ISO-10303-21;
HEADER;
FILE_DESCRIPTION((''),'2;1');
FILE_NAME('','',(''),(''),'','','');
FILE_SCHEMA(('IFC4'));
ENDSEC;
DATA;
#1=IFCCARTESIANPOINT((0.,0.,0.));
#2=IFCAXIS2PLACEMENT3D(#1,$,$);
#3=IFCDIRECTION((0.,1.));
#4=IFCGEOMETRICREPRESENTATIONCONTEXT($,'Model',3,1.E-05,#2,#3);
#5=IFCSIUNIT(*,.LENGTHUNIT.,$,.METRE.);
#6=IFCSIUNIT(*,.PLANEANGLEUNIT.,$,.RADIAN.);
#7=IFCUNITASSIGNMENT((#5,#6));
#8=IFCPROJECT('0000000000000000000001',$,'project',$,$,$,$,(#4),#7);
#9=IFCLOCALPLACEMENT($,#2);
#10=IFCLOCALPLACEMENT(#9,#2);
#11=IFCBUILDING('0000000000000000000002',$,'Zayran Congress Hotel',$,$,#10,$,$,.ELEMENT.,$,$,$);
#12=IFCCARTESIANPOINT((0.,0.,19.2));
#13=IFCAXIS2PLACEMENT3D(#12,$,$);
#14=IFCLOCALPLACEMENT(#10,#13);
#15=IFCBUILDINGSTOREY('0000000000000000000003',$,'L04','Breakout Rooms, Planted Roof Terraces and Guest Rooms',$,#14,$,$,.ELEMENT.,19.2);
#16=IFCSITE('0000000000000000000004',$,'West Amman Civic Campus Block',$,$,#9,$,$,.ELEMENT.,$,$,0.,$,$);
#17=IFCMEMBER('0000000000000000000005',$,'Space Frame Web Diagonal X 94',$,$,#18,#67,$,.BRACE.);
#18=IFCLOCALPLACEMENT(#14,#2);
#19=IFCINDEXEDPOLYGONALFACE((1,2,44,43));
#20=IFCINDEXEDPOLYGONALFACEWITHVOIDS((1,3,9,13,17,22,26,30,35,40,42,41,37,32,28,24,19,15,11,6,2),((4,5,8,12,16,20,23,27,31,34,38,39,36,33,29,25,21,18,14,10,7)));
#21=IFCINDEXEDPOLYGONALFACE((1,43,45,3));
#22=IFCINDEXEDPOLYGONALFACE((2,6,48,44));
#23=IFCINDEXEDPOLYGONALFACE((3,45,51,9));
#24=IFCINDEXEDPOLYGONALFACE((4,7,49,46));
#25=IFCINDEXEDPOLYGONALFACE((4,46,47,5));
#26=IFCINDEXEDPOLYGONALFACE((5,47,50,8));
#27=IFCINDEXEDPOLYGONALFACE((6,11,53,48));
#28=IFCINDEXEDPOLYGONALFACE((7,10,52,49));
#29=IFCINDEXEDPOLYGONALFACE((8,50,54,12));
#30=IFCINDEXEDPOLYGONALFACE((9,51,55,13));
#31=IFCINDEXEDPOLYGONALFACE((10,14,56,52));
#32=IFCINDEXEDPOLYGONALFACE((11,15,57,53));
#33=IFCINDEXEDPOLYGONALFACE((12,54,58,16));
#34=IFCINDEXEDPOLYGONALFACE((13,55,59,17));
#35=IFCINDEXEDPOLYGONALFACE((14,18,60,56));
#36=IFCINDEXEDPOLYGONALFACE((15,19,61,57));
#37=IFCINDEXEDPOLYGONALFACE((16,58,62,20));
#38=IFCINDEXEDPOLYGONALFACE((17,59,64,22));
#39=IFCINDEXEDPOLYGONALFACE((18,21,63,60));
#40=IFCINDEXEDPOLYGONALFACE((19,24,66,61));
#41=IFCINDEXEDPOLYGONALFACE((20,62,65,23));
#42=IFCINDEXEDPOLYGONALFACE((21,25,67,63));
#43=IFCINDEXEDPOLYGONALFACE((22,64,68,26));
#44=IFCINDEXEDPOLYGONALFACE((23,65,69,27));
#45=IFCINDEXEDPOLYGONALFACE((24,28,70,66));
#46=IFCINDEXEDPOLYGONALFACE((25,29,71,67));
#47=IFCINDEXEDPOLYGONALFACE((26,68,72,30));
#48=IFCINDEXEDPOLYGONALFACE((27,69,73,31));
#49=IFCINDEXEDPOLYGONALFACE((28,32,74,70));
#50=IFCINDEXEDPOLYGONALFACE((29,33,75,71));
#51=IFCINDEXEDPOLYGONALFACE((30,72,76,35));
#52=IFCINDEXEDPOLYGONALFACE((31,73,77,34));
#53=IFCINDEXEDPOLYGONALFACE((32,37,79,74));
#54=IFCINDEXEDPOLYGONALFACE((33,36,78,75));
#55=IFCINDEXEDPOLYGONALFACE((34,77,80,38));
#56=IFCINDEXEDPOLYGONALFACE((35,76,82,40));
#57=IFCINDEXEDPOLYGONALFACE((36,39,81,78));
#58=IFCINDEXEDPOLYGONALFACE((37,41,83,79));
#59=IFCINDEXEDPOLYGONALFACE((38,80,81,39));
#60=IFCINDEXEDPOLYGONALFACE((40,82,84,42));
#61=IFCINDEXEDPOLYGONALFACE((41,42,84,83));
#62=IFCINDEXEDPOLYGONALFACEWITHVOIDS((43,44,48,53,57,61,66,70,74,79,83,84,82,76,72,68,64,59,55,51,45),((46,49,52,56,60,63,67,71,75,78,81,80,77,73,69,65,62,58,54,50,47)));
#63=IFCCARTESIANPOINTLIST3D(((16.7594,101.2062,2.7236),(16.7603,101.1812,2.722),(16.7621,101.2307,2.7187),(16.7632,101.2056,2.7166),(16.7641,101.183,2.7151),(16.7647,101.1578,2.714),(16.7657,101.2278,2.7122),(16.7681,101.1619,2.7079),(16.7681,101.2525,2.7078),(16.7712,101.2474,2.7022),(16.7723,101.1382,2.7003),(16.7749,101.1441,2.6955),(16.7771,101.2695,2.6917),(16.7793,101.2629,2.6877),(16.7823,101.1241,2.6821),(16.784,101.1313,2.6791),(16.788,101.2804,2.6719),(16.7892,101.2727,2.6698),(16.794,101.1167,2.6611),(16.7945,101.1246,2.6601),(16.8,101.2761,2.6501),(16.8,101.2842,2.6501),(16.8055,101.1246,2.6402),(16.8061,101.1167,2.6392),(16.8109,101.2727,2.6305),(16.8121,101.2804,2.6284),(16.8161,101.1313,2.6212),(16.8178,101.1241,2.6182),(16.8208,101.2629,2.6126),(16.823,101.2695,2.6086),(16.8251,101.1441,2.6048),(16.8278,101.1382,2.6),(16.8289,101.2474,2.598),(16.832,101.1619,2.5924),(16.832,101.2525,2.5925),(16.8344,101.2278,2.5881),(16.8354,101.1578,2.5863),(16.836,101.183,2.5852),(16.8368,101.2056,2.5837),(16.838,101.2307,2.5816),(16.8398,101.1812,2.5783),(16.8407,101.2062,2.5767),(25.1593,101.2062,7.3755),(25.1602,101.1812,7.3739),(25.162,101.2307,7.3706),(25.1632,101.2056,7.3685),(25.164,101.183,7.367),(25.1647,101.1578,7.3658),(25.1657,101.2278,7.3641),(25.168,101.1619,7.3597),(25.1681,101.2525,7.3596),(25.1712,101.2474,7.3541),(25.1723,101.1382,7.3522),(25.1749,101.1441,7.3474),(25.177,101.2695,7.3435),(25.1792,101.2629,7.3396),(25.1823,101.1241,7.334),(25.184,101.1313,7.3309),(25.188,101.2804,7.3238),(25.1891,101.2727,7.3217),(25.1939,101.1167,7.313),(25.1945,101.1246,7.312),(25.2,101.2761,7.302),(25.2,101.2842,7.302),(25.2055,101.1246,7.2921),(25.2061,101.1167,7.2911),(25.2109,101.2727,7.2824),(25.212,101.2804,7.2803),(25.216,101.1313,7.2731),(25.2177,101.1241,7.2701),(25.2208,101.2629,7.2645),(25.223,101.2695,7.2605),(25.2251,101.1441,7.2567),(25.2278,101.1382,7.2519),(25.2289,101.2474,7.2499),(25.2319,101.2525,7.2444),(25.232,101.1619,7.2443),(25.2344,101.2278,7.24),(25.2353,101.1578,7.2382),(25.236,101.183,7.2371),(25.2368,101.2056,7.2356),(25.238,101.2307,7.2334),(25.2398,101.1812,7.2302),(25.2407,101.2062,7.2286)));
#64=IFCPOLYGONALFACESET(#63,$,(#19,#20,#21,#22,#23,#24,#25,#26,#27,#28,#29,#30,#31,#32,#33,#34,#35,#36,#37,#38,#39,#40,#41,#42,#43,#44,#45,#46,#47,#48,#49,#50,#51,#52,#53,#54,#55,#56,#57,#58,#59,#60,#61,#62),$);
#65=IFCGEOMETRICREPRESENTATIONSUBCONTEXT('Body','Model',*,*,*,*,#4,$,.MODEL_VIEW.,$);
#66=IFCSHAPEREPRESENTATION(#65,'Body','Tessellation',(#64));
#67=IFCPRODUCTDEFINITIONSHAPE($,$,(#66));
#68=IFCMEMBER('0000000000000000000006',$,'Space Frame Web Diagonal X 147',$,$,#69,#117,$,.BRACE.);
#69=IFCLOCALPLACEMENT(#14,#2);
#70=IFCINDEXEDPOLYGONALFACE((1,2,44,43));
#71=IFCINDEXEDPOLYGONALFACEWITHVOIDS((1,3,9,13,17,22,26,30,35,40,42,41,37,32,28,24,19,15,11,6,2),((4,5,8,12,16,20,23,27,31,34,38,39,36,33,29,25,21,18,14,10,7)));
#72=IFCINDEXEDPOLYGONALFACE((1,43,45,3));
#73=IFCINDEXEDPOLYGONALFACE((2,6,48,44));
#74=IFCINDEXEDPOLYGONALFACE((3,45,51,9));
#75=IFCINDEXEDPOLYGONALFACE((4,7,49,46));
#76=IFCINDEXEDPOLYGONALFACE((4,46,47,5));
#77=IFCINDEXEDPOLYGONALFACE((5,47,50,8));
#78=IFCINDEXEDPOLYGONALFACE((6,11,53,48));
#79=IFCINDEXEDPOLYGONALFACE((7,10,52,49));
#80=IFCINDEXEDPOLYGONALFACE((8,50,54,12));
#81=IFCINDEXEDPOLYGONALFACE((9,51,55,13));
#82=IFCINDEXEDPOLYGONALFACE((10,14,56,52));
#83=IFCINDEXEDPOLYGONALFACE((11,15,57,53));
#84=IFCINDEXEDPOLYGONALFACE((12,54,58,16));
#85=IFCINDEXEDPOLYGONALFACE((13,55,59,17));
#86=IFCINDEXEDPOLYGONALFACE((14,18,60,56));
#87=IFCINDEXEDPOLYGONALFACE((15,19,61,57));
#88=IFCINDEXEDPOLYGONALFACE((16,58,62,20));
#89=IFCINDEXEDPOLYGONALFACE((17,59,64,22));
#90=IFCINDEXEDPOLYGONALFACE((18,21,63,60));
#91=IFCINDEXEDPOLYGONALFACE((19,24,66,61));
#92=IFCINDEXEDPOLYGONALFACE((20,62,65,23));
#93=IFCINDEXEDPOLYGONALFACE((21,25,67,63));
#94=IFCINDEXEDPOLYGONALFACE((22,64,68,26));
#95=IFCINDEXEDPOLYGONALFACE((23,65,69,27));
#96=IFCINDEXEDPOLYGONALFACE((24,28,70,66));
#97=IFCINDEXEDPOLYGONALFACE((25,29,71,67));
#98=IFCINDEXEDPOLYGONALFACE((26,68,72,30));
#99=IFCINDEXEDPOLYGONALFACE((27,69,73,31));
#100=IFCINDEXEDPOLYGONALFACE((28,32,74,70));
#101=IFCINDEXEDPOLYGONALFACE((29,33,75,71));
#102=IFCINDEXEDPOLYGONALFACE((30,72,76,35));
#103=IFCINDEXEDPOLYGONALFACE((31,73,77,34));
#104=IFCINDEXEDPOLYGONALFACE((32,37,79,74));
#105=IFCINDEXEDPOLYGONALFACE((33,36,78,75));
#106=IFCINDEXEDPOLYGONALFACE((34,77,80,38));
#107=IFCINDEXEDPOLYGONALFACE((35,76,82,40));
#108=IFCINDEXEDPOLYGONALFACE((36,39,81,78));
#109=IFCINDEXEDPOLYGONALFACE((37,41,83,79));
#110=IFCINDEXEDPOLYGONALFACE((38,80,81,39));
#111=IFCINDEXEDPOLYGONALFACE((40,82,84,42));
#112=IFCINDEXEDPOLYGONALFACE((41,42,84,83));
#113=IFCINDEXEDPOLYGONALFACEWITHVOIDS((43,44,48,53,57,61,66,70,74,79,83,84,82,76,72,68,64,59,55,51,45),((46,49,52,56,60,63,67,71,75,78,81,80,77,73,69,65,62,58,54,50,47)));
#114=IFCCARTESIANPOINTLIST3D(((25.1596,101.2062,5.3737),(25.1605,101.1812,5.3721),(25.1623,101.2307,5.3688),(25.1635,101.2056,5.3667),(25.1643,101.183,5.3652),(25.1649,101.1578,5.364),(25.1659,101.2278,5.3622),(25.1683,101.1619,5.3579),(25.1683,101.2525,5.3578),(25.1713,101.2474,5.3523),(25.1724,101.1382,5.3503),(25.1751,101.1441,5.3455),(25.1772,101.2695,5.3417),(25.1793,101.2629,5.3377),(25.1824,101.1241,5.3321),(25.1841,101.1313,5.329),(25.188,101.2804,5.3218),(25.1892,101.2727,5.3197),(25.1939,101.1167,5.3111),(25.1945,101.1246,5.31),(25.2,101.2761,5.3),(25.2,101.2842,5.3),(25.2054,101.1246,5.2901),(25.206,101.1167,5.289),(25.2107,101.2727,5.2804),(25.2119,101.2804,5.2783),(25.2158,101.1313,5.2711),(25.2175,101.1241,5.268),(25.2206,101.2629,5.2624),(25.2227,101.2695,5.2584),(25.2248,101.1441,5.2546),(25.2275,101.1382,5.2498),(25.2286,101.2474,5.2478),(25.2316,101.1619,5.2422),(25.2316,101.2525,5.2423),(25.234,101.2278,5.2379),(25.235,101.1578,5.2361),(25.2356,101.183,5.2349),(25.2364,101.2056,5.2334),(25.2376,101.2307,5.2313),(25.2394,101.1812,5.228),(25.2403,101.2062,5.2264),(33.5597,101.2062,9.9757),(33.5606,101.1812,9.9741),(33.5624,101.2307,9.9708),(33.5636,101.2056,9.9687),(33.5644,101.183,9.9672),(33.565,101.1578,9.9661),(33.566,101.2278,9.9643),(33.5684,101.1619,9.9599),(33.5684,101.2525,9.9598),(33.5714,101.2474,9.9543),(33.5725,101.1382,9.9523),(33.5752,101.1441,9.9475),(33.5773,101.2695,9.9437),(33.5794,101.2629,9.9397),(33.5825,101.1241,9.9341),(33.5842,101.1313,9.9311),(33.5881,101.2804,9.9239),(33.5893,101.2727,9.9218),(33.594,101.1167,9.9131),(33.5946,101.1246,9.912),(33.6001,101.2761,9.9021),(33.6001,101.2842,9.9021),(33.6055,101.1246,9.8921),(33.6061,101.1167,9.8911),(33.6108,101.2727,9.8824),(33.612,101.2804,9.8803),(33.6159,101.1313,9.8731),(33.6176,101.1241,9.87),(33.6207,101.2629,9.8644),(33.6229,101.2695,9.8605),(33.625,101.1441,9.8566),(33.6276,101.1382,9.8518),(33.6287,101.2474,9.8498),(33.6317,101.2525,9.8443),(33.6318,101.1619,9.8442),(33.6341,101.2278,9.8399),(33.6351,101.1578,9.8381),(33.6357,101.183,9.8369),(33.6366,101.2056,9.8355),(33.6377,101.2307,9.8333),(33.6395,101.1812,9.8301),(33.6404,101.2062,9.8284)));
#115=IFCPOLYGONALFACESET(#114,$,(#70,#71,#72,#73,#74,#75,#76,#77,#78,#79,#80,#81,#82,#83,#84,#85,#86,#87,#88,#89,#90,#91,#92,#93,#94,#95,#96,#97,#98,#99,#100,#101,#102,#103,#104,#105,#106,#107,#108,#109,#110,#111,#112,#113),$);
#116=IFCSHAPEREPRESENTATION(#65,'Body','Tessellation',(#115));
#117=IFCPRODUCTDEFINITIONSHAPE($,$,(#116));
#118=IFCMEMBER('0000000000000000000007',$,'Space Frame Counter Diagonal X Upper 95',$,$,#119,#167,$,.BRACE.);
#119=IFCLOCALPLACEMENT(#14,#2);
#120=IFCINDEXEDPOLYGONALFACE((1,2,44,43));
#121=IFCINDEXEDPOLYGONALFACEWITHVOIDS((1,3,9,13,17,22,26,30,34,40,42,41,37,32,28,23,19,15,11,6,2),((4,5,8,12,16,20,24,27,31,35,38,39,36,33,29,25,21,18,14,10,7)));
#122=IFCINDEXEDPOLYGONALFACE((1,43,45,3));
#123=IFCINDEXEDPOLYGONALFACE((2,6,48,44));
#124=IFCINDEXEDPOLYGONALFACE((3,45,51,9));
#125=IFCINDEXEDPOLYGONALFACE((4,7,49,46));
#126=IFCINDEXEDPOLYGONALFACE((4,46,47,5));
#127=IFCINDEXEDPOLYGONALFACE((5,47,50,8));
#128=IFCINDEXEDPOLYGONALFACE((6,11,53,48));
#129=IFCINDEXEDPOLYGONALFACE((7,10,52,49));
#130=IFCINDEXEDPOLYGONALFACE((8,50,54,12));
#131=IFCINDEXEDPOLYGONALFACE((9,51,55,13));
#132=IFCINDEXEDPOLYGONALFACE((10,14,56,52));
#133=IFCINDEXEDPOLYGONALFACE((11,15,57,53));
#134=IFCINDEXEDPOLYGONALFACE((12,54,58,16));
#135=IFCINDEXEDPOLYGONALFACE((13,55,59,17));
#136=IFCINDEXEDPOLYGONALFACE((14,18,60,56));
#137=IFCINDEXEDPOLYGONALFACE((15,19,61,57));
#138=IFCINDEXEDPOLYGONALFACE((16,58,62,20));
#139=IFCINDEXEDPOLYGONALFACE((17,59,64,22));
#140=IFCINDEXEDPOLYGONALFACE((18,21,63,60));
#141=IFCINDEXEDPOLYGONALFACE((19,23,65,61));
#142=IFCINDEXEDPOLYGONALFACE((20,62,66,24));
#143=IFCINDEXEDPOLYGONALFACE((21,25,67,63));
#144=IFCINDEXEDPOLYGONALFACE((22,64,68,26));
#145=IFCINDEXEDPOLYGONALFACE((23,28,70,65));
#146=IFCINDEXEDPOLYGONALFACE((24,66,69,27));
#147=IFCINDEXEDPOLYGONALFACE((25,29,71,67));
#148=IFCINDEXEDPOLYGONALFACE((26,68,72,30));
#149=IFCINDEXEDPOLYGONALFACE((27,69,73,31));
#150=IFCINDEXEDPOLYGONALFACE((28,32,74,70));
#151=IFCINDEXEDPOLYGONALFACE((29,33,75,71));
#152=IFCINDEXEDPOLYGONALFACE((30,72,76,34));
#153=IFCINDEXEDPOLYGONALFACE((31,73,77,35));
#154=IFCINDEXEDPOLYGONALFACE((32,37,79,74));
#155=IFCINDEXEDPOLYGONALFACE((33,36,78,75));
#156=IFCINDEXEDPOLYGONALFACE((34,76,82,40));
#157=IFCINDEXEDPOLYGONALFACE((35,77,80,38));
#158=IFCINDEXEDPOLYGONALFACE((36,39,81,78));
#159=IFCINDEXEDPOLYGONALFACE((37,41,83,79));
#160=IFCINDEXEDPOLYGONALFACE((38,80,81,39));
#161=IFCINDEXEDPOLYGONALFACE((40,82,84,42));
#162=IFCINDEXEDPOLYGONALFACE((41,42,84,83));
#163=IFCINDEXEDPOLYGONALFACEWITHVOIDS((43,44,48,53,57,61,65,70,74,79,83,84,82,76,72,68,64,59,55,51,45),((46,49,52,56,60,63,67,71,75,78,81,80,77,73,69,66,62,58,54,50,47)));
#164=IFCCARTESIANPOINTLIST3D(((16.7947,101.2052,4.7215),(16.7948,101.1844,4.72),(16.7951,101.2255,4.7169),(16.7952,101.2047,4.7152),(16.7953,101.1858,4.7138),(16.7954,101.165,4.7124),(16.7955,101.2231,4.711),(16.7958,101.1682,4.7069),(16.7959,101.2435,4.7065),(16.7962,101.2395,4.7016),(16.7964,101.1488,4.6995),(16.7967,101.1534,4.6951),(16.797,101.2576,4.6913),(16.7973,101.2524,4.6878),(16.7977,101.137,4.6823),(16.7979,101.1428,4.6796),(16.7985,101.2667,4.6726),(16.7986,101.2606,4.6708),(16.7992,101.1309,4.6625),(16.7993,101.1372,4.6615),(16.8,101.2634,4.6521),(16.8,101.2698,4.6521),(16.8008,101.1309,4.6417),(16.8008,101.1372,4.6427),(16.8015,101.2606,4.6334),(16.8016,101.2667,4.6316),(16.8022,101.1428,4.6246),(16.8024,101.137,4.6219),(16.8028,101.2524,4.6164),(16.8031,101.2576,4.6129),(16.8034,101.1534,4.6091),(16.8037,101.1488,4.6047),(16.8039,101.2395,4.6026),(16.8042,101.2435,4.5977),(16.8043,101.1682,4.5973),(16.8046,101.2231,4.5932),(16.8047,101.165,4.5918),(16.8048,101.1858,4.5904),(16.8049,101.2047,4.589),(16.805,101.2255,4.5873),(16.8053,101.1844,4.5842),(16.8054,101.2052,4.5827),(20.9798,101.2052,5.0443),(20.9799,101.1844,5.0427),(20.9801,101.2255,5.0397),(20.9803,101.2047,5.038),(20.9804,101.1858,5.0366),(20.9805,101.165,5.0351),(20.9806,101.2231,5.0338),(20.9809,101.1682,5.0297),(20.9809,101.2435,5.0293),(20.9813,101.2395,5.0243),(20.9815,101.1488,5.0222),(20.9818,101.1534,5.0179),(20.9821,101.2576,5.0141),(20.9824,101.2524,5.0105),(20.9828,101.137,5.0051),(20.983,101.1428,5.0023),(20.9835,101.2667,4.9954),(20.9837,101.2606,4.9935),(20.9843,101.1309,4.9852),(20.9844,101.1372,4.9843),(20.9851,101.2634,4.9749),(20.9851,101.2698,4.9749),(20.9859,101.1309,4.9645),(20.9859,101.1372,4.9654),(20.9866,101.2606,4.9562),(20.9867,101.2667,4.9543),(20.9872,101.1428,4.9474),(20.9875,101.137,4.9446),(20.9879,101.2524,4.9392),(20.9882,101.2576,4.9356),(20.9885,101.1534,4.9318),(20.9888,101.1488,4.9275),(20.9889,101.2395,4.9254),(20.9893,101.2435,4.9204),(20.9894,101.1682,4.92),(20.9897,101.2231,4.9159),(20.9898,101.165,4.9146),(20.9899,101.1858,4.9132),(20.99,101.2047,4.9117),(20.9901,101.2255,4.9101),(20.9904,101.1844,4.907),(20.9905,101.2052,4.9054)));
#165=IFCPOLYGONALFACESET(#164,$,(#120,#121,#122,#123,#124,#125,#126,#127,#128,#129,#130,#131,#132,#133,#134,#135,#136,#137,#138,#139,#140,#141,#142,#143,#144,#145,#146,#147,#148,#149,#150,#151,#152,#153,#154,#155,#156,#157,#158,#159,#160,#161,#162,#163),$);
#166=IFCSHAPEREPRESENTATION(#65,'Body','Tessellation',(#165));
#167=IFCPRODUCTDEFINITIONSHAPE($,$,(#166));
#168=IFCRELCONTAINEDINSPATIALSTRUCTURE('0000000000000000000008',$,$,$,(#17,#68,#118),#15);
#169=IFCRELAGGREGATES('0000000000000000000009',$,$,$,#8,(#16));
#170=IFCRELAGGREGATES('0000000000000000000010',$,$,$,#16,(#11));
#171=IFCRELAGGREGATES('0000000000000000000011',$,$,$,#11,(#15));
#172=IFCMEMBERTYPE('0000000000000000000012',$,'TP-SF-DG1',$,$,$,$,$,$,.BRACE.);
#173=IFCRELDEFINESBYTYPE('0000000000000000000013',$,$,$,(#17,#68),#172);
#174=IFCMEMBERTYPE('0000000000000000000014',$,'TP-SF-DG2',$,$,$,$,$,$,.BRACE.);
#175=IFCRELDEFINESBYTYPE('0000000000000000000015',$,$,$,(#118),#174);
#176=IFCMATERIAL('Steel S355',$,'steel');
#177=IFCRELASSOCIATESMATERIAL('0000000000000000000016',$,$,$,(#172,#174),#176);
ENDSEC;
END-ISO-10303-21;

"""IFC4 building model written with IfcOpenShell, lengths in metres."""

from ifc_helpers import new_model, si_unit, direction, frame, origin, origin_2d, place, context, subcontext, project, spatial, hollow_circle, extrude, material, material_profile, profile_set, type_object, element, save


model = new_model("IFC4")

# Units and contexts
model_context = context("Model", 3, precision=1e-05, world=origin(), true_north=direction((0.0, 1.0)))
body_context = subcontext(model_context, "Body", "Model", "MODEL_VIEW")
ifc_project = project(units=[si_unit("LENGTHUNIT", "METRE"), si_unit("PLANEANGLEUNIT", "RADIAN")], contexts=[model_context])

# Site, building, storey
site_placement = place(None, origin())
site = spatial("IfcSite", under=ifc_project, at=site_placement, Name="West Amman Civic Campus Block", CompositionType="ELEMENT", RefElevation=0.0)
building_placement = place(site_placement, origin())
building = spatial("IfcBuilding", under=site, at=building_placement, Name="Zayran Congress Hotel", CompositionType="ELEMENT")
storey_placement = place(building_placement, frame((0.0, 0.0, 19.2)))
storey = spatial("IfcBuildingStorey", under=building, at=storey_placement, Name="L04", Description="Breakout Rooms, Planted Roof Terraces and Guest Rooms", CompositionType="ELEMENT", Elevation=19.2)

# Members
ifc_material_1 = material(Name="Steel S355", Category="steel")
ifc_material_profile_1 = material_profile(ifc_material_1, hollow_circle(Radius=0.0842, WallThickness=0.0081, at=origin_2d()), Name="CHS 168.3x8")
ifc_profile_set_1 = profile_set([ifc_material_profile_1], Name="Steel S355")
member_type_1 = type_object("IfcMemberType", Name="TP-SF-DG1", PredefinedType="BRACE", material=ifc_profile_set_1)
member_1_placement = place(storey_placement, frame((16.8, 101.2, 2.6501), z_axis=(0.874809, 0.0, 0.484468), x_axis=(0.0, 1.0, 0.0)))
element("IfcMember", 1, at=member_1_placement, inside=storey, type_object=member_type_1, Name="Space Frame Web Diagonal X 94", PredefinedType="BRACE", context=body_context, shape_type="SweptSolid", body=[
    extrude(hollow_circle(Radius=0.0842, WallThickness=0.0081, at=origin_2d()), origin(), (0.0, 0.0, 1.0), 9.6021),
])
member_2_placement = place(storey_placement, frame((25.2, 101.2, 5.3), z_axis=(0.87701, 0.0, 0.480473), x_axis=(0.0, 1.0, 0.0)))
element("IfcMember", 2, at=member_2_placement, inside=storey, type_object=member_type_1, Name="Space Frame Web Diagonal X 147", PredefinedType="BRACE", context=body_context, shape_type="SweptSolid", body=[
    extrude(hollow_circle(Radius=0.0842, WallThickness=0.0081, at=origin_2d()), origin(), (0.0, 0.0, 1.0), 9.5781),
])
ifc_material_profile_2 = material_profile(ifc_material_1, hollow_circle(Radius=0.0698, WallThickness=0.0063, at=origin_2d()), Name="CHS 139.7x6.3")
ifc_profile_set_2 = profile_set([ifc_material_profile_2], Name="Steel S355")
member_type_2 = type_object("IfcMemberType", Name="TP-SF-DG2", PredefinedType="BRACE", material=ifc_profile_set_2)
for number, where, z_axis, x_axis, name in (
    (3, (16.8, 101.2, 4.6521), (0.997039, 0.0, 0.076892), (0.0, 1.0, 0.0), "Space Frame Counter Diagonal X Upper 95"),
):
    element("IfcMember", number, at=place(storey_placement, frame(where, z_axis=z_axis, x_axis=x_axis)), inside=storey, type_object=member_type_2, Name=name, PredefinedType="BRACE", context=body_context, shape_type="SweptSolid", body=[
        extrude(hollow_circle(Radius=0.0698, WallThickness=0.0063, at=origin_2d()), origin(), (0.0, 0.0, 1.0), 4.1975),
    ])

save(model, "model.ifc")
